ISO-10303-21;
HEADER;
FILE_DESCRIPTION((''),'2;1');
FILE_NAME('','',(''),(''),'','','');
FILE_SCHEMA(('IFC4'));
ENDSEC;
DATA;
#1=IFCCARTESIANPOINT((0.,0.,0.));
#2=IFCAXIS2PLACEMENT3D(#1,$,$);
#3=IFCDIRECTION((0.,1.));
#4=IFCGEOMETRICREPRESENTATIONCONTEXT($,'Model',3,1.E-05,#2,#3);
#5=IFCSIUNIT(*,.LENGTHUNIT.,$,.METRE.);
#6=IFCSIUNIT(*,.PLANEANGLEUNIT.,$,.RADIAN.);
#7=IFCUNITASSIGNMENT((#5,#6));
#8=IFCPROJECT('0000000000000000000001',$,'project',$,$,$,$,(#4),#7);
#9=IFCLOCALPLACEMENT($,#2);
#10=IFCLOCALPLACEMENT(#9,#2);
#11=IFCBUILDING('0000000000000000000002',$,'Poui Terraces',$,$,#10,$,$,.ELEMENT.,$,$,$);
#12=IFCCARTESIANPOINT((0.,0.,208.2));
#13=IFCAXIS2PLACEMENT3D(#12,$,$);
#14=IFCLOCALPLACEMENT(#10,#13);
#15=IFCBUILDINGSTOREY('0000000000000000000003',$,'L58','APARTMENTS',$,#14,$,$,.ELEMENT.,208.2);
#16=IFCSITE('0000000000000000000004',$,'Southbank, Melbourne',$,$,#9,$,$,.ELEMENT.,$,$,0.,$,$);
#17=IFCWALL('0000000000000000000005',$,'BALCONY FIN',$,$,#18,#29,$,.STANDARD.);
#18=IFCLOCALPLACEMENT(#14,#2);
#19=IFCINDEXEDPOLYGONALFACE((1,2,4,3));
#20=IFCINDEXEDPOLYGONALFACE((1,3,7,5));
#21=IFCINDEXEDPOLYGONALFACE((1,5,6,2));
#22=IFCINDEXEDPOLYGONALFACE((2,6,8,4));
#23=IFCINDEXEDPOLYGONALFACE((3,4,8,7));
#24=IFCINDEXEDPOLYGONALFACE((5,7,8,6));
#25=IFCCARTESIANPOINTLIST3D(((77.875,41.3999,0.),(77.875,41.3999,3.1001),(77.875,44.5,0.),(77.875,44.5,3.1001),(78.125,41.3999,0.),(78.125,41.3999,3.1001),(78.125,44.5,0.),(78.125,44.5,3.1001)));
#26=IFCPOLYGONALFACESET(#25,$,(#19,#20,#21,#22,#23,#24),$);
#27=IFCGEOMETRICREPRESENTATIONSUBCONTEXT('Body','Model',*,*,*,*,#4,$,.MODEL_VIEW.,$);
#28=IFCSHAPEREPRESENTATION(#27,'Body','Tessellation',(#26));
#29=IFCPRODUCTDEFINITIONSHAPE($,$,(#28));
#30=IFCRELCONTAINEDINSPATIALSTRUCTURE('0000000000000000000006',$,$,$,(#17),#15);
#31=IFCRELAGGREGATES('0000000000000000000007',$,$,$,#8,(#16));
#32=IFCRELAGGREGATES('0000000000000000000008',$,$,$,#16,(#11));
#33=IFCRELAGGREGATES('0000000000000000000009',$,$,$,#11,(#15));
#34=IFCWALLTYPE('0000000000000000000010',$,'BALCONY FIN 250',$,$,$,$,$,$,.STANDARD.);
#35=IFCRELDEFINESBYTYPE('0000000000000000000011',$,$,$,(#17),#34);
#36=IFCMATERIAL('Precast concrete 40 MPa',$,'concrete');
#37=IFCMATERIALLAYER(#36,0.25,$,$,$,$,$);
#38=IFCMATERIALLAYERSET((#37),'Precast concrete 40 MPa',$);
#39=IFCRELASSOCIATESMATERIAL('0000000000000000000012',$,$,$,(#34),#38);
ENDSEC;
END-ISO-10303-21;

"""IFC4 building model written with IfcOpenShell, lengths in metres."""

from ifc_helpers import new_model, si_unit, direction, frame, origin, place, context, subcontext, project, spatial, polyline, outline, extrude, source, transform, mapped, material, layer, layer_set, type_object, element, save


model = new_model("IFC4")

# Units and contexts
model_context = context("Model", 3, precision=1e-05, world=origin(), true_north=direction((0.0, 1.0)))
body_context = subcontext(model_context, "Body", "Model", "MODEL_VIEW")
ifc_project = project(units=[si_unit("LENGTHUNIT", "METRE"), si_unit("PLANEANGLEUNIT", "RADIAN")], contexts=[model_context])

# Site, building, storey
site_placement = place(None, origin())
site = spatial("IfcSite", under=ifc_project, at=site_placement, Name="Southbank, Melbourne", CompositionType="ELEMENT", RefElevation=0.0)
building_placement = place(site_placement, origin())
building = spatial("IfcBuilding", under=site, at=building_placement, Name="Poui Terraces", CompositionType="ELEMENT")
storey_placement = place(building_placement, frame((0.0, 0.0, 208.2)))
storey = spatial("IfcBuildingStorey", under=building, at=storey_placement, Name="L58", Description="APARTMENTS", CompositionType="ELEMENT", Elevation=208.2)

# Wall
ifc_material_1 = material(Name="Precast concrete 40 MPa", Category="concrete")
ifc_layer = layer(ifc_material_1, 0.25)
ifc_layer_set = layer_set([ifc_layer], Name="Precast concrete 40 MPa")
wall_type = type_object("IfcWallType", Name="BALCONY FIN 250", PredefinedType="STANDARD", material=ifc_layer_set)
shared_shape_1 = source(origin(), body_context, "Body", "SweptSolid", [
    extrude(outline(polyline([(0.0, 0.0), (0.25, 0.0), (0.25, 3.1001), (0.0, 3.1001), (0.0, 0.0)])), origin(), (0.0, 0.0, 1.0), 3.1001),
])
wall_placement = place(storey_placement, frame((77.875, 41.3999, 0.0)))
element("IfcWall", 1, at=wall_placement, inside=storey, type_object=wall_type, Name="BALCONY FIN", PredefinedType="STANDARD", context=body_context, shape_type="MappedRepresentation", body=[
    mapped(shared_shape_1, transform((0.0, 0.0, 0.0))),
])

save(model, "model.ifc")
